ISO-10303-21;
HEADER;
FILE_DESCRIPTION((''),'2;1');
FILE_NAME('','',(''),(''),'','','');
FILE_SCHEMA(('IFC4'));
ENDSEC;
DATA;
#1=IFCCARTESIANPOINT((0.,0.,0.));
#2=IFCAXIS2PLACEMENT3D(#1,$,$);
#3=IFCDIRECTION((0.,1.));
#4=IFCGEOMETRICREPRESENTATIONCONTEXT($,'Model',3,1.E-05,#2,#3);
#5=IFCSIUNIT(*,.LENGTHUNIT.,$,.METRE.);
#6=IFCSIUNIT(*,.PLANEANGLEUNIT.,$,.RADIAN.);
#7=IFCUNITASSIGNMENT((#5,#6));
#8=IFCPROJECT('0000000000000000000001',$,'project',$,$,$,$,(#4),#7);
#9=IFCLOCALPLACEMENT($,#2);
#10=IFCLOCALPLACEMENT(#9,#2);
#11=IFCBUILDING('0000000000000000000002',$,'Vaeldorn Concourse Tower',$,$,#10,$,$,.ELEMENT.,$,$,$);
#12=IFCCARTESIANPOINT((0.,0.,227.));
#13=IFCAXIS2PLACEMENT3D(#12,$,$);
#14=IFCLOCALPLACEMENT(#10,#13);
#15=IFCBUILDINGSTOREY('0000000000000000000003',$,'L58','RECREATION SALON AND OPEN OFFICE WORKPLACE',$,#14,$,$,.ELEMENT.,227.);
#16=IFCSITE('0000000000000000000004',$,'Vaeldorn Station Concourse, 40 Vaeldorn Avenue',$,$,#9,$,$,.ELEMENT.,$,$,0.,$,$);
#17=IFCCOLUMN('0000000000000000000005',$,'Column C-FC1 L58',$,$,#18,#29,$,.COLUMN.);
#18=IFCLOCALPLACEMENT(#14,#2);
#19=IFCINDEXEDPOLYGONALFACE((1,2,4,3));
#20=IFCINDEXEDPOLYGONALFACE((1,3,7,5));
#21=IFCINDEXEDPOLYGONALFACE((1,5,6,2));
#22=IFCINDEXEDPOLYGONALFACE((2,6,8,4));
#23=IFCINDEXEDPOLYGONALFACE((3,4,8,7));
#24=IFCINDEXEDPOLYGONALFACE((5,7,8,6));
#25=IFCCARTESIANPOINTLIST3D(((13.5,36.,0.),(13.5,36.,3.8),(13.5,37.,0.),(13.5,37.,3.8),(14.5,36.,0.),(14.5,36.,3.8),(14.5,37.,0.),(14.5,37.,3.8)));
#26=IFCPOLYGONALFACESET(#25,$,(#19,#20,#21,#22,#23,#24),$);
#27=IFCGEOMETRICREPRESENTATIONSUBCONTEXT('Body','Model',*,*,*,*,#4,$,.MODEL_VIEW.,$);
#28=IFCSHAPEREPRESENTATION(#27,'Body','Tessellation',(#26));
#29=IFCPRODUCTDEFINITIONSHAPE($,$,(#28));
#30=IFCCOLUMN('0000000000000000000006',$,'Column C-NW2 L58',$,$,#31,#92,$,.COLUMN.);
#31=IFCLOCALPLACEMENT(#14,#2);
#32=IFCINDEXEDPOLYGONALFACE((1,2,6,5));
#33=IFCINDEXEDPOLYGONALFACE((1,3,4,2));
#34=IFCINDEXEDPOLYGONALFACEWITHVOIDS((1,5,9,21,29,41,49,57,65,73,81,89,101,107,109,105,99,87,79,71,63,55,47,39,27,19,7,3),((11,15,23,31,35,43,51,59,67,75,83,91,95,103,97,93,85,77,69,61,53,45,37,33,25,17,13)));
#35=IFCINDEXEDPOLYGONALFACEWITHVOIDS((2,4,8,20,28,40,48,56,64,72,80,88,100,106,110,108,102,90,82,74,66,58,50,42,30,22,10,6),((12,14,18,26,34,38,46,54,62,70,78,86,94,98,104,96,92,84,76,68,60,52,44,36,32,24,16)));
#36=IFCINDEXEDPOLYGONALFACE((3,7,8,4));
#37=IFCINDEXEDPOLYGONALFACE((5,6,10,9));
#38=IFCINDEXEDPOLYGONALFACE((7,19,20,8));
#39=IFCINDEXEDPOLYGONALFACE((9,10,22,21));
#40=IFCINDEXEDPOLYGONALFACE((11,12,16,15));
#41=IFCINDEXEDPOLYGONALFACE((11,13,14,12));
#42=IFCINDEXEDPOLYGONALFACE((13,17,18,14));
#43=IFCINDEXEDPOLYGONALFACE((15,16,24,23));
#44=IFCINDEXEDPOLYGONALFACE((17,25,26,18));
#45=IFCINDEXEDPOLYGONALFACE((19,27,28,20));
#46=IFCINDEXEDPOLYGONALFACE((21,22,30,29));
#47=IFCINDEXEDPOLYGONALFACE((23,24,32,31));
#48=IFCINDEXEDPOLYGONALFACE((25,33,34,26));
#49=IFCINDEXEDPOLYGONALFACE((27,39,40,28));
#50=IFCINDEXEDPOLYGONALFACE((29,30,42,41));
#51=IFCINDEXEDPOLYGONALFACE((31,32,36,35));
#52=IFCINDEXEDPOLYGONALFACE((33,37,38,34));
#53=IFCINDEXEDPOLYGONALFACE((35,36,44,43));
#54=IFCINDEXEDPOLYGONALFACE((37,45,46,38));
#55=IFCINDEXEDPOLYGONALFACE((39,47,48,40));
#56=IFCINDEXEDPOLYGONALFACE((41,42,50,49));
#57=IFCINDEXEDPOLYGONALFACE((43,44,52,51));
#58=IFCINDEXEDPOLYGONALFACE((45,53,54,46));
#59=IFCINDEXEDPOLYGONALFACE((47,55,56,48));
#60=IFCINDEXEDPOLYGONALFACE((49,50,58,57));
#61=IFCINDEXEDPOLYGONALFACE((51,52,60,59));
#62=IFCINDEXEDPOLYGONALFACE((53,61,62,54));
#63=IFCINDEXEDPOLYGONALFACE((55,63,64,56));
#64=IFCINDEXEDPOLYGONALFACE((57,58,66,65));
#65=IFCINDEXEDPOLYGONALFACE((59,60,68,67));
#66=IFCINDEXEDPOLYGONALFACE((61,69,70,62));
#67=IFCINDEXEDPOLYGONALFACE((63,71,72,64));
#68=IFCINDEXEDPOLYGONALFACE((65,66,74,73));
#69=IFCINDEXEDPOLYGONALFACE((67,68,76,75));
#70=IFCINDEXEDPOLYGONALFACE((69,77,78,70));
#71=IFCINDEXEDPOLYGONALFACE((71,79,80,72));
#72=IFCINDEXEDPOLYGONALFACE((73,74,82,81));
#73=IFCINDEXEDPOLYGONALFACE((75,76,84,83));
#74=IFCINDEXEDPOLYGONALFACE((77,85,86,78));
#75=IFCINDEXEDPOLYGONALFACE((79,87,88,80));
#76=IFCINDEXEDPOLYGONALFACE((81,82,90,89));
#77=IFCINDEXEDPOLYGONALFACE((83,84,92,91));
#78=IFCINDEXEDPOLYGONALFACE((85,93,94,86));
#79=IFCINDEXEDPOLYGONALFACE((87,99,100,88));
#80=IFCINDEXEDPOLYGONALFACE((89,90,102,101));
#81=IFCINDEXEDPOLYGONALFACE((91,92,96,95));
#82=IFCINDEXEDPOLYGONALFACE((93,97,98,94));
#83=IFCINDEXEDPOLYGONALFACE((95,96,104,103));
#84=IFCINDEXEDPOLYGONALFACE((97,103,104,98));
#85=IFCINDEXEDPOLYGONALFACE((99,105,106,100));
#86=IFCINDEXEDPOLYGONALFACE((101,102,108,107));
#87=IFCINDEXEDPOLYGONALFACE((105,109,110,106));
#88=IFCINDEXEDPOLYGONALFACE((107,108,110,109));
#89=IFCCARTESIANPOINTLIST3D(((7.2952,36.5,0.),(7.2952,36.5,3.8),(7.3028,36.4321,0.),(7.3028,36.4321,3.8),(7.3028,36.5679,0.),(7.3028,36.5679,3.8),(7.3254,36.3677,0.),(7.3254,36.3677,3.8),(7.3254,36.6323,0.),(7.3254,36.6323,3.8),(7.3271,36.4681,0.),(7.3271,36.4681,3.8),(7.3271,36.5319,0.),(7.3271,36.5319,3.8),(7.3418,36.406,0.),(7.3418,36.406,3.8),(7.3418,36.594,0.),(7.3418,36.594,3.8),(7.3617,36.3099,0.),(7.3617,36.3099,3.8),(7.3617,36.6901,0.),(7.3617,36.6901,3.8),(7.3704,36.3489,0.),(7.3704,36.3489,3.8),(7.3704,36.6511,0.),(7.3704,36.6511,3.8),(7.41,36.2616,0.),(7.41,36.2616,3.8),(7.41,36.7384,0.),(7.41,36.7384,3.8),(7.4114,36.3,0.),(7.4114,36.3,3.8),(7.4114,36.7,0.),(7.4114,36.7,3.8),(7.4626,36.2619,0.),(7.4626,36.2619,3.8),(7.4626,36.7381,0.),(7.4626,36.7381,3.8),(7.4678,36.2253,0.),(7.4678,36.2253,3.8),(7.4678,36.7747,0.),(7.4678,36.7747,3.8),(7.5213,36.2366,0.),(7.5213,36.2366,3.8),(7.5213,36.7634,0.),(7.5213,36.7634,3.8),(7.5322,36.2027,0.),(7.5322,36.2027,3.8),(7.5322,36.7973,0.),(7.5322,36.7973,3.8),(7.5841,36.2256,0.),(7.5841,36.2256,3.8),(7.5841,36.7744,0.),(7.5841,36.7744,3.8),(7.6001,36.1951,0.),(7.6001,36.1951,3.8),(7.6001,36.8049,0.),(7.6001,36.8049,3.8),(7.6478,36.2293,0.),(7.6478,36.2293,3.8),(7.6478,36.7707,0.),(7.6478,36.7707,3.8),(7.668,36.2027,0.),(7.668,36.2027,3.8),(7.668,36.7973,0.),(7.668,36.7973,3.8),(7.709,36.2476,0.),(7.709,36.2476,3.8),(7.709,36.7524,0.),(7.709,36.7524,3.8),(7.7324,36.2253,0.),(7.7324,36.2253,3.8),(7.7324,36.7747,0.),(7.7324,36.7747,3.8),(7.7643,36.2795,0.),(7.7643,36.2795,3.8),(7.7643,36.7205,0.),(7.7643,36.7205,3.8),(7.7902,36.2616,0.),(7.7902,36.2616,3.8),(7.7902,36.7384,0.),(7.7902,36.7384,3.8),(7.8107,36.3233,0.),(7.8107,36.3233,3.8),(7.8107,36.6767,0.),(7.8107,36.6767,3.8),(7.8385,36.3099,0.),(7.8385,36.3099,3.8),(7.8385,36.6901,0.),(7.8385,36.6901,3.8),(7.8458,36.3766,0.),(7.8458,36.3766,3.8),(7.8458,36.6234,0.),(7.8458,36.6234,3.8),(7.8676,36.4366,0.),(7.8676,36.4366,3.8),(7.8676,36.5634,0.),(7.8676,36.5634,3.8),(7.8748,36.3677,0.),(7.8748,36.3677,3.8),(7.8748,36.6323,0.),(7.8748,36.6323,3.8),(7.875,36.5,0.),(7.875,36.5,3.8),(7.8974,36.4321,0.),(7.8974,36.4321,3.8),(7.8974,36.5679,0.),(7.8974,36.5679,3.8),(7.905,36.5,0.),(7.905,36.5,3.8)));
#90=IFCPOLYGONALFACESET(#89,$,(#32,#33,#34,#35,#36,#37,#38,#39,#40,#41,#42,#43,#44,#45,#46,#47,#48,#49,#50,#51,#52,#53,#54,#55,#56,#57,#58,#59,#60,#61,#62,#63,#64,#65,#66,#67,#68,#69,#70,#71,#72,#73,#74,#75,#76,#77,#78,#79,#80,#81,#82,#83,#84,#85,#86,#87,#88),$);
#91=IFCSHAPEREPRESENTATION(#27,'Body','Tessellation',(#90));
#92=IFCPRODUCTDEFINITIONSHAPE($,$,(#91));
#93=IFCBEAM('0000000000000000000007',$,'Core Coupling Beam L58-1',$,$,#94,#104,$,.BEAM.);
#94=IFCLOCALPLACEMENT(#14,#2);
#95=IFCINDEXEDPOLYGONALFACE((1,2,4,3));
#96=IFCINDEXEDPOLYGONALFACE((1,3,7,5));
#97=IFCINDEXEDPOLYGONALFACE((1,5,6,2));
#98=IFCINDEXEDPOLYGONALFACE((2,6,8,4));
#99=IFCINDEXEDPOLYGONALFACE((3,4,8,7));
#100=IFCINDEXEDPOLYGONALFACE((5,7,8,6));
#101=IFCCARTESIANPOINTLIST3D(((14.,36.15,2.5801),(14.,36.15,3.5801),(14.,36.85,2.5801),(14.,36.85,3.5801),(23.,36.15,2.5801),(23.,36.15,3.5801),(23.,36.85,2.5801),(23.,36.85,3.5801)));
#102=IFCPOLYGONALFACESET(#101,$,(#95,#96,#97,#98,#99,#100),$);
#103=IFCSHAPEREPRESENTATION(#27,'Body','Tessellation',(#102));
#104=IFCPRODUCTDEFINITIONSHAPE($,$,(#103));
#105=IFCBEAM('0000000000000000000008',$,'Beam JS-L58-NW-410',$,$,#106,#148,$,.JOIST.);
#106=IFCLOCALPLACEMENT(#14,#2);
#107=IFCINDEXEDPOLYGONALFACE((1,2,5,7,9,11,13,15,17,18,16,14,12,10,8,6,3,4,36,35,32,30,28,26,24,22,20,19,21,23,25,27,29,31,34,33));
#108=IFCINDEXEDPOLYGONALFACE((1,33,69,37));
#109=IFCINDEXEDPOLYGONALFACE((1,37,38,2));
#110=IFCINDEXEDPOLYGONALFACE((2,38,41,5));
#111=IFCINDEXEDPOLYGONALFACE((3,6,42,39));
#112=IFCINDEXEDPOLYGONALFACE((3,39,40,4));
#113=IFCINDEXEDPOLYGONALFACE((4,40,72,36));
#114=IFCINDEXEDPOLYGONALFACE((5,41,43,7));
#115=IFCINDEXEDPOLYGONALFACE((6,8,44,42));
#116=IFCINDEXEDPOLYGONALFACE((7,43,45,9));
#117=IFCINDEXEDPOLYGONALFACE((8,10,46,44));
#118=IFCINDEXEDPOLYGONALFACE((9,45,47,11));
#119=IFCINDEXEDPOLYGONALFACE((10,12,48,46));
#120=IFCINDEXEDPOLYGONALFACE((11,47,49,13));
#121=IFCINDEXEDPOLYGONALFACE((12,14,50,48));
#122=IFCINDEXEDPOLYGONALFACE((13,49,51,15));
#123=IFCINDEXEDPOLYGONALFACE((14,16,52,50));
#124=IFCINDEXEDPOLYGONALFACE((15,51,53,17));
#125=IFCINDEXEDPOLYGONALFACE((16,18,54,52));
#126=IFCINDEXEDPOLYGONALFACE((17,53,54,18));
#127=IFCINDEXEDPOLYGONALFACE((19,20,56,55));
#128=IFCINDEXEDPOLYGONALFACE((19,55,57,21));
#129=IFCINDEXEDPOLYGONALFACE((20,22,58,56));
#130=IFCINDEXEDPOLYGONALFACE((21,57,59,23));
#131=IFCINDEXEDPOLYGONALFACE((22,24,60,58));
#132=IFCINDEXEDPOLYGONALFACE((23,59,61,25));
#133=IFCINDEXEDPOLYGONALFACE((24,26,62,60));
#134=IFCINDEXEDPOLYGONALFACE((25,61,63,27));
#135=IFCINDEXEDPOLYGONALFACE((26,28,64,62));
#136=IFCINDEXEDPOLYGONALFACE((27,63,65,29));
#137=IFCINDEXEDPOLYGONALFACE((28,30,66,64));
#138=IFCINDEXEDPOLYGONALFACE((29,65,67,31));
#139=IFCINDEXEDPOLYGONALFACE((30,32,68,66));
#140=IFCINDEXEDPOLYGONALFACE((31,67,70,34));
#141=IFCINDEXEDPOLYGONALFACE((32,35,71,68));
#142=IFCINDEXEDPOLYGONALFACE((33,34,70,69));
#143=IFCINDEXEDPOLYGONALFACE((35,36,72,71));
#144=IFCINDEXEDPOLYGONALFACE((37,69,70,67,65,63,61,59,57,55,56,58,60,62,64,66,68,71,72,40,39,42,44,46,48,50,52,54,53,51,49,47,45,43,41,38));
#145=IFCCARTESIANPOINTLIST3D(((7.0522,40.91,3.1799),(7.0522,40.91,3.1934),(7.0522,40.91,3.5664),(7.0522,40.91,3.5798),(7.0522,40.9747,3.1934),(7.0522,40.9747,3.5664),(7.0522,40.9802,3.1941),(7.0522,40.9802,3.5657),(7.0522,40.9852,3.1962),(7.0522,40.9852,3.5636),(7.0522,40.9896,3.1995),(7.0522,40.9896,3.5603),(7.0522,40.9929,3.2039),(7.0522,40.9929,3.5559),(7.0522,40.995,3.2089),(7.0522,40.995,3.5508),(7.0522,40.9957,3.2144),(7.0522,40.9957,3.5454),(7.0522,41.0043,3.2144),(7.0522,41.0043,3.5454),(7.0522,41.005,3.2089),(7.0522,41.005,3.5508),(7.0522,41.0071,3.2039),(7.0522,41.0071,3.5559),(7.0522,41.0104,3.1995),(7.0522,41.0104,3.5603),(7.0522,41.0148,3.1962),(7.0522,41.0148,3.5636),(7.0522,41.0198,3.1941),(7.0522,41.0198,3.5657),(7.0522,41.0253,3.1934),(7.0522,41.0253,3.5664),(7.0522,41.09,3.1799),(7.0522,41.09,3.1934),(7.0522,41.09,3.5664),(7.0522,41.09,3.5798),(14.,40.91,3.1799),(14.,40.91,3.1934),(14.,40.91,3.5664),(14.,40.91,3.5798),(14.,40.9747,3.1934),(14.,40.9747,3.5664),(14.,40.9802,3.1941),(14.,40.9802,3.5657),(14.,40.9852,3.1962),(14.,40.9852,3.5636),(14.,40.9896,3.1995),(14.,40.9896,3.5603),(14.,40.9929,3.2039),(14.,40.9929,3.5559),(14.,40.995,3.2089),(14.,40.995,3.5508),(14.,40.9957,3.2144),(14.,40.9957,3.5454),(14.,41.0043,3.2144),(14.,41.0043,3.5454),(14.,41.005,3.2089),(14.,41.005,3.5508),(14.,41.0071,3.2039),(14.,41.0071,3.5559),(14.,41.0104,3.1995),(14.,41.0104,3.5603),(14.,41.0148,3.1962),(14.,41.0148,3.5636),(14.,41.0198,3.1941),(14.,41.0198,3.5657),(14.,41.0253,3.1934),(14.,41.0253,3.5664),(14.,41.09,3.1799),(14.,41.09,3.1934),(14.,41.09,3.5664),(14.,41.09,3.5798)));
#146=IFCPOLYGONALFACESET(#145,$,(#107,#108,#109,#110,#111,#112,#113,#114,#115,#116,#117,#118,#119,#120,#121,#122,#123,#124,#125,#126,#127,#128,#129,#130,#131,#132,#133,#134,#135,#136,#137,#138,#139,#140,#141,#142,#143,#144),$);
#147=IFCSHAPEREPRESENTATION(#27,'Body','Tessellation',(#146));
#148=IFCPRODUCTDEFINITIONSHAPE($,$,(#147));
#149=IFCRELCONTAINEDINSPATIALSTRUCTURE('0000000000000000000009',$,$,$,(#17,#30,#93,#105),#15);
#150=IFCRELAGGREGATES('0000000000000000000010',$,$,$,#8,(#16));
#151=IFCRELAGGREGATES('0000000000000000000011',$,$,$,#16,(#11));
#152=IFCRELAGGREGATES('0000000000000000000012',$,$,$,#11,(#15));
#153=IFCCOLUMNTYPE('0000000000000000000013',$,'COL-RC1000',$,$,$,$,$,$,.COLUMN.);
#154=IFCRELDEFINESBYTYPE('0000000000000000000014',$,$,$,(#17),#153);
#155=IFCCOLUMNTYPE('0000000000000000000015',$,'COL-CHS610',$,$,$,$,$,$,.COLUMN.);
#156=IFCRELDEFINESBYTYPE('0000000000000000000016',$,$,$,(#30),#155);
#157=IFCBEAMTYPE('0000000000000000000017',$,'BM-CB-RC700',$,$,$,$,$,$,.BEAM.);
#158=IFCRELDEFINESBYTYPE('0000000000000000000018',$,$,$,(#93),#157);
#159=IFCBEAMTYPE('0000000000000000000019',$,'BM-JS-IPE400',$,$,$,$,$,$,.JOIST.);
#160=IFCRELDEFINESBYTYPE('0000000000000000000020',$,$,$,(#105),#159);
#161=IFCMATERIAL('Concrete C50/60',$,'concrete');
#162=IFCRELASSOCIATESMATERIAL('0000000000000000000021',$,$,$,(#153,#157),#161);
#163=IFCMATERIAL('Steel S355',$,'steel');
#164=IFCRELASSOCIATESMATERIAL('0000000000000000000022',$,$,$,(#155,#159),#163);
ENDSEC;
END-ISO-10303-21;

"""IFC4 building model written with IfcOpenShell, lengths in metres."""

from ifc_helpers import new_model, si_unit, direction, frame, origin, origin_2d, place, context, subcontext, project, spatial, rectangle, hollow_circle, i_section, extrude, source, transform, mapped, material, material_profile, profile_set, type_object, element, save


model = new_model("IFC4")

# Units and contexts
model_context = context("Model", 3, precision=1e-05, world=origin(), true_north=direction((0.0, 1.0)))
body_context = subcontext(model_context, "Body", "Model", "MODEL_VIEW")
ifc_project = project(units=[si_unit("LENGTHUNIT", "METRE"), si_unit("PLANEANGLEUNIT", "RADIAN")], contexts=[model_context])

# Site, building, storey
site_placement = place(None, origin())
site = spatial("IfcSite", under=ifc_project, at=site_placement, Name="Vaeldorn Station Concourse, 40 Vaeldorn Avenue", CompositionType="ELEMENT", RefElevation=0.0)
building_placement = place(site_placement, origin())
building = spatial("IfcBuilding", under=site, at=building_placement, Name="Vaeldorn Concourse Tower", CompositionType="ELEMENT")
storey_placement = place(building_placement, frame((0.0, 0.0, 227.0)))
storey = spatial("IfcBuildingStorey", under=building, at=storey_placement, Name="L58", Description="RECREATION SALON AND OPEN OFFICE WORKPLACE", CompositionType="ELEMENT", Elevation=227.0)

# Columns
ifc_material_1 = material(Name="Concrete C50/60", Category="concrete")
ifc_material_profile_1 = material_profile(ifc_material_1, rectangle(XDim=1.0, YDim=1.0, at=origin_2d()), Name="RC 1000x1000")
ifc_profile_set_1 = profile_set([ifc_material_profile_1], Name="Concrete C50/60")
column_type_1 = type_object("IfcColumnType", Name="COL-RC1000", PredefinedType="COLUMN", material=ifc_profile_set_1)
shared_shape_1 = source(origin(), body_context, "Body", "SweptSolid", [
    extrude(rectangle(XDim=1.0, YDim=1.0, at=origin_2d()), origin(), (0.0, 0.0, 1.0), 3.8),
])
column_1_placement = place(storey_placement, frame((14.0, 36.5, 0.0), z_axis=(0.0, 0.0, 1.0), x_axis=(1.0, 0.0, 0.0)))
element("IfcColumn", 1, at=column_1_placement, inside=storey, type_object=column_type_1, Name="Column C-FC1 L58", PredefinedType="COLUMN", context=body_context, shape_type="MappedRepresentation", body=[
    mapped(shared_shape_1, transform((0.0, 0.0, 0.0), scale=1.0)),
])
ifc_material_2 = material(Name="Steel S355", Category="steel")
ifc_material_profile_2 = material_profile(ifc_material_2, hollow_circle(Radius=0.3049, WallThickness=0.03, at=origin_2d()), Name="CHS 610x30")
ifc_profile_set_2 = profile_set([ifc_material_profile_2], Name="Steel S355")
column_type_2 = type_object("IfcColumnType", Name="COL-CHS610", PredefinedType="COLUMN", material=ifc_profile_set_2)
shared_shape_2 = source(origin(), body_context, "Body", "SweptSolid", [
    extrude(hollow_circle(Radius=0.3049, WallThickness=0.03, at=origin_2d()), origin(), (0.0, 0.0, 1.0), 3.8),
])
column_2_placement = place(storey_placement, frame((7.6001, 36.5, 0.0), z_axis=(0.0, 0.0, 1.0), x_axis=(1.0, 0.0, 0.0)))
element("IfcColumn", 2, at=column_2_placement, inside=storey, type_object=column_type_2, Name="Column C-NW2 L58", PredefinedType="COLUMN", context=body_context, shape_type="MappedRepresentation", body=[
    mapped(shared_shape_2, transform((0.0, 0.0, 0.0), scale=1.0)),
])

# Beams
ifc_material_profile_3 = material_profile(ifc_material_1, rectangle(XDim=0.7, YDim=1.0, at=origin_2d()), Name="RC 700x1000")
ifc_profile_set_3 = profile_set([ifc_material_profile_3], Name="Concrete C50/60")
beam_type_1 = type_object("IfcBeamType", Name="BM-CB-RC700", PredefinedType="BEAM", material=ifc_profile_set_3)
shared_shape_3 = source(origin(), body_context, "Body", "SweptSolid", [
    extrude(rectangle(XDim=0.7, YDim=1.0, at=origin_2d()), origin(), (0.0, 0.0, 1.0), 9.0),
])
beam_1_placement = place(storey_placement, frame((14.0, 36.5, 3.0801), z_axis=(1.0, 0.0, 0.0), x_axis=(0.0, 1.0, 0.0)))
element("IfcBeam", 3, at=beam_1_placement, inside=storey, type_object=beam_type_1, Name="Core Coupling Beam L58-1", PredefinedType="BEAM", context=body_context, shape_type="MappedRepresentation", body=[
    mapped(shared_shape_3, transform((0.0, 0.0, 0.0), scale=1.0)),
])
ifc_material_profile_4 = material_profile(ifc_material_2, i_section(OverallWidth=0.1799, OverallDepth=0.3999, WebThickness=0.0085, FlangeThickness=0.0134, FilletRadius=0.021, at=origin_2d()), Name="IPE 400")
ifc_profile_set_4 = profile_set([ifc_material_profile_4], Name="Steel S355")
beam_type_2 = type_object("IfcBeamType", Name="BM-JS-IPE400", PredefinedType="JOIST", material=ifc_profile_set_4)
shared_shape_4 = source(origin(), body_context, "Body", "SweptSolid", [
    extrude(i_section(OverallWidth=0.1799, OverallDepth=0.3999, WebThickness=0.0085, FlangeThickness=0.0134, FilletRadius=0.021, at=origin_2d()), origin(), (0.0, 0.0, 1.0), 6.9478),
])
beam_2_placement = place(storey_placement, frame((7.0522, 41.0, 3.3799), z_axis=(1.0, 0.0, 0.0), x_axis=(0.0, 1.0, 0.0)))
element("IfcBeam", 4, at=beam_2_placement, inside=storey, type_object=beam_type_2, Name="Beam JS-L58-NW-410", PredefinedType="JOIST", context=body_context, shape_type="MappedRepresentation", body=[
    mapped(shared_shape_4, transform((0.0, 0.0, 0.0), scale=1.0)),
])

save(model, "model.ifc")
